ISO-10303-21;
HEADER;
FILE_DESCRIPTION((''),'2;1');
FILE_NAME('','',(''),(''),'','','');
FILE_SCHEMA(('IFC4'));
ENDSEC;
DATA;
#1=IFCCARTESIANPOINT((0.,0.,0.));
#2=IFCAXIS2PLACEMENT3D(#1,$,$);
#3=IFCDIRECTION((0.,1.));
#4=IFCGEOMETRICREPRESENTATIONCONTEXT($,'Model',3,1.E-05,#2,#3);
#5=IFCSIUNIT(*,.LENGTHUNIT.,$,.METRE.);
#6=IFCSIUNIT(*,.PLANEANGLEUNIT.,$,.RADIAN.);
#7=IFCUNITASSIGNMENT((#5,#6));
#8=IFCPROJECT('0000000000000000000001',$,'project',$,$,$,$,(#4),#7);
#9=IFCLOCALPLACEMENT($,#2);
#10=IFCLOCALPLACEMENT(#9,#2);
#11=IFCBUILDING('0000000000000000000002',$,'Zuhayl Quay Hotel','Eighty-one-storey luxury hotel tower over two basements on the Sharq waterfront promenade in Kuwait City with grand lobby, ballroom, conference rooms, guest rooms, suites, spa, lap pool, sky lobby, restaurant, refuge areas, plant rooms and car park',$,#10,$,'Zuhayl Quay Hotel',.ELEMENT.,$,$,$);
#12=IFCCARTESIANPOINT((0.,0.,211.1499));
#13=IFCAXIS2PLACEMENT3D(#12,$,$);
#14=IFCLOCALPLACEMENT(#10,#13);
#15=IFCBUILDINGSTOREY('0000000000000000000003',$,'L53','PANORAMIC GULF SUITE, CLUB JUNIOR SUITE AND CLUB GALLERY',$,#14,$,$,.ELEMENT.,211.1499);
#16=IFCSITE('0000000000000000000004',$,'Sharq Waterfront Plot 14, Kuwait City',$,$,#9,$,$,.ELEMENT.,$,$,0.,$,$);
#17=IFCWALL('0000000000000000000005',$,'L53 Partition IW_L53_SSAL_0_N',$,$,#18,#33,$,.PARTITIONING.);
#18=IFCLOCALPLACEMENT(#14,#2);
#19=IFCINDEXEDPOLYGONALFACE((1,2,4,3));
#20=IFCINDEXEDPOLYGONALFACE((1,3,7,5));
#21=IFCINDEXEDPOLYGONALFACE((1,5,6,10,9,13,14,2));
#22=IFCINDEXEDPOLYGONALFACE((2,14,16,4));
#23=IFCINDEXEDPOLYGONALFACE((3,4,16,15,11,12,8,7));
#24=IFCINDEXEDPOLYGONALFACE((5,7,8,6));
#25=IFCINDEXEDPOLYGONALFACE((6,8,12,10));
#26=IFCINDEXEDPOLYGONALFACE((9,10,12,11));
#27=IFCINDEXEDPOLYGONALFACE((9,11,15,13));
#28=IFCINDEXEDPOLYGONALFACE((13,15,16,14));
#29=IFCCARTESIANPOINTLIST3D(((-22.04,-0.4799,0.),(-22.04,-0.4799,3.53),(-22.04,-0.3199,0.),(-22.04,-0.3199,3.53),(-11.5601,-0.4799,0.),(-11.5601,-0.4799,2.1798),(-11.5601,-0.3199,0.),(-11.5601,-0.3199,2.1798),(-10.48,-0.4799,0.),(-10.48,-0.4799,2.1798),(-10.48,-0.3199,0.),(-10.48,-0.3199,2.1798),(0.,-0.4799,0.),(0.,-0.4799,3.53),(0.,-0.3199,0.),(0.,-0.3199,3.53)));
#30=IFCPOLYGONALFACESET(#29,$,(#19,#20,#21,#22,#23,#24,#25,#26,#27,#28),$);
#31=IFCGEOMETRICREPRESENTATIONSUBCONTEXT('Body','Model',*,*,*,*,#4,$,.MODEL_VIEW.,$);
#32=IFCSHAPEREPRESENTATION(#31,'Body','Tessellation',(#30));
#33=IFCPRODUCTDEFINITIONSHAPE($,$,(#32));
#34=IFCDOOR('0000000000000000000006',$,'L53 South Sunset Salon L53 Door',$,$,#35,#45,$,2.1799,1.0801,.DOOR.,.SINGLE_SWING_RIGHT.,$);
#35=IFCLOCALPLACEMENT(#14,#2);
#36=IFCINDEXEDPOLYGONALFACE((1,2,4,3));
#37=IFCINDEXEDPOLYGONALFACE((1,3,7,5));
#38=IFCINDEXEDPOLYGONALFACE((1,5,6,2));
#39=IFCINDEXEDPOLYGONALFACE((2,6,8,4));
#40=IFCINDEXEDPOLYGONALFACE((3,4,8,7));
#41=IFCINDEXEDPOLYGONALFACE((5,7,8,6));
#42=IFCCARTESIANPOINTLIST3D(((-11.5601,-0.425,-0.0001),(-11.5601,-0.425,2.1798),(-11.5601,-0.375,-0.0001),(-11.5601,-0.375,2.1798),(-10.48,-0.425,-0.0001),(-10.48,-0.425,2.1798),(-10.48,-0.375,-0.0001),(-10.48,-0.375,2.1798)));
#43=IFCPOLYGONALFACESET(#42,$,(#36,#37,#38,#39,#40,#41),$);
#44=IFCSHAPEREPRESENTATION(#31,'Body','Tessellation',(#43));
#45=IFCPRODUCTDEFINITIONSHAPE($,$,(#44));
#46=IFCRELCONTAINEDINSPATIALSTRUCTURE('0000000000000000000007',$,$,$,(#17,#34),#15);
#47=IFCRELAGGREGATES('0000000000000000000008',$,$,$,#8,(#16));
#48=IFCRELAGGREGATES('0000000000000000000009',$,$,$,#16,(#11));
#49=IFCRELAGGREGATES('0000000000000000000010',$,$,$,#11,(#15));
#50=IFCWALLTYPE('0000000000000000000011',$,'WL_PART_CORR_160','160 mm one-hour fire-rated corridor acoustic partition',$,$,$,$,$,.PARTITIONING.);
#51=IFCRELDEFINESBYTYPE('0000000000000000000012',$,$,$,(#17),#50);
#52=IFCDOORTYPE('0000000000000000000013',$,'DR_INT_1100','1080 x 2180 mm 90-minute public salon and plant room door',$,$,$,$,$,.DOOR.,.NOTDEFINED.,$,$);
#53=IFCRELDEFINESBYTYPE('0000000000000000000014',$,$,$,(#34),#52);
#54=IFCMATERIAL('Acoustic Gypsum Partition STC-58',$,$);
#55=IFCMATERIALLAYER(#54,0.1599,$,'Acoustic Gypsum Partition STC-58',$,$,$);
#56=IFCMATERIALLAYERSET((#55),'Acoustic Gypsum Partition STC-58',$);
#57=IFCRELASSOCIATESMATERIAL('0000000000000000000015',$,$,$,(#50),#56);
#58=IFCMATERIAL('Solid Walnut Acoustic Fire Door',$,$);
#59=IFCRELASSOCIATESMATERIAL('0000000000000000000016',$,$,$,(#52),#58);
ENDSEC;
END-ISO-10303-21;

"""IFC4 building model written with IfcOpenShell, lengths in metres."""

from ifc_helpers import new_model, si_unit, direction, frame, frame_2d, origin, place, context, subcontext, project, spatial, rectangle, extrude, material, layer, layer_set, type_object, element, fill, save


model = new_model("IFC4")

# Units and contexts
model_context = context("Model", 3, precision=1e-05, world=origin(), true_north=direction((0.0, 1.0)))
body_context = subcontext(model_context, "Body", "Model", "MODEL_VIEW")
ifc_project = project(units=[si_unit("LENGTHUNIT", "METRE"), si_unit("PLANEANGLEUNIT", "RADIAN")], contexts=[model_context])

# Site, building, storey
site_placement = place(None, origin())
site = spatial("IfcSite", under=ifc_project, at=site_placement, Name="Sharq Waterfront Plot 14, Kuwait City", CompositionType="ELEMENT", RefElevation=0.0)
building_placement = place(site_placement, origin())
building = spatial("IfcBuilding", under=site, at=building_placement, Name="Zuhayl Quay Hotel", Description="Eighty-one-storey luxury hotel tower over two basements on the Sharq waterfront promenade in Kuwait City with grand lobby, ballroom, conference rooms, guest rooms, suites, spa, lap pool, sky lobby, restaurant, refuge areas, plant rooms and car park", LongName="Zuhayl Quay Hotel", CompositionType="ELEMENT")
storey_placement = place(building_placement, frame((0.0, 0.0, 211.1499)))
storey = spatial("IfcBuildingStorey", under=building, at=storey_placement, Name="L53", Description="PANORAMIC GULF SUITE, CLUB JUNIOR SUITE AND CLUB GALLERY", CompositionType="ELEMENT", Elevation=211.1499)

# Wall, opening, door
ifc_material_1 = material(Name="Acoustic Gypsum Partition STC-58")
ifc_layer_1 = layer(ifc_material_1, 0.1599, Name="Acoustic Gypsum Partition STC-58")
ifc_layer_set_1 = layer_set([ifc_layer_1], Name="Acoustic Gypsum Partition STC-58")
wall_type_1 = type_object("IfcWallType", Name="WL_PART_CORR_160", Description="160 mm one-hour fire-rated corridor acoustic partition", PredefinedType="PARTITIONING", material=ifc_layer_set_1)
wall_1_placement = place(storey_placement, frame((-22.04, -0.3999, 0.0), z_axis=(0.0, 0.0, 1.0), x_axis=(1.0, 0.0, 0.0)))
wall_1 = element("IfcWall", 1, at=wall_1_placement, inside=storey, type_object=wall_type_1, Name="L53 Partition IW_L53_SSAL_0_N", PredefinedType="PARTITIONING", context=body_context, shape_type="SweptSolid", body=[
    extrude(rectangle(XDim=22.04, YDim=0.1599, at=frame_2d((11.02, 0.0))), origin(), (0.0, 0.0, 1.0), 3.53),
])
opening_1_placement = place(wall_1_placement, frame((10.48, 0.0, 0.0)))
opening_1 = element("IfcOpeningElement", 2, at=opening_1_placement, cuts=wall_1, PredefinedType="OPENING", context=body_context, shape_type="SweptSolid", body=[
    extrude(rectangle(XDim=1.0801, YDim=2.1799, at=frame_2d((0.54, 1.0898))), frame((0.0, 0.0898, 0.0), z_axis=(0.0, -1.0, 0.0), x_axis=(1.0, 0.0, 0.0)), (0.0, 0.0, 1.0), 0.1799),
])
ifc_material_2 = material(Name="Solid Walnut Acoustic Fire Door")
door_type = type_object("IfcDoorType", Name="DR_INT_1100", Description="1080 x 2180 mm 90-minute public salon and plant room door", OperationType="NOTDEFINED", PredefinedType="DOOR", material=ifc_material_2)
door_placement = place(opening_1_placement, origin())
door = element("IfcDoor", 3, at=door_placement, inside=storey, type_object=door_type, Name="L53 South Sunset Salon L53 Door", OperationType="SINGLE_SWING_RIGHT", OverallHeight=2.1799, OverallWidth=1.0801, PredefinedType="DOOR", context=body_context, shape_type="SweptSolid", body=[
    extrude(rectangle(XDim=1.0801, YDim=2.1799, at=frame_2d((0.54, 1.0898))), frame((0.0, 0.0249, 0.0), z_axis=(0.0, -1.0, 0.0), x_axis=(1.0, 0.0, 0.0)), (0.0, 0.0, 1.0), 0.05),
])
fill(opening_1, door)

save(model, "model.ifc")
